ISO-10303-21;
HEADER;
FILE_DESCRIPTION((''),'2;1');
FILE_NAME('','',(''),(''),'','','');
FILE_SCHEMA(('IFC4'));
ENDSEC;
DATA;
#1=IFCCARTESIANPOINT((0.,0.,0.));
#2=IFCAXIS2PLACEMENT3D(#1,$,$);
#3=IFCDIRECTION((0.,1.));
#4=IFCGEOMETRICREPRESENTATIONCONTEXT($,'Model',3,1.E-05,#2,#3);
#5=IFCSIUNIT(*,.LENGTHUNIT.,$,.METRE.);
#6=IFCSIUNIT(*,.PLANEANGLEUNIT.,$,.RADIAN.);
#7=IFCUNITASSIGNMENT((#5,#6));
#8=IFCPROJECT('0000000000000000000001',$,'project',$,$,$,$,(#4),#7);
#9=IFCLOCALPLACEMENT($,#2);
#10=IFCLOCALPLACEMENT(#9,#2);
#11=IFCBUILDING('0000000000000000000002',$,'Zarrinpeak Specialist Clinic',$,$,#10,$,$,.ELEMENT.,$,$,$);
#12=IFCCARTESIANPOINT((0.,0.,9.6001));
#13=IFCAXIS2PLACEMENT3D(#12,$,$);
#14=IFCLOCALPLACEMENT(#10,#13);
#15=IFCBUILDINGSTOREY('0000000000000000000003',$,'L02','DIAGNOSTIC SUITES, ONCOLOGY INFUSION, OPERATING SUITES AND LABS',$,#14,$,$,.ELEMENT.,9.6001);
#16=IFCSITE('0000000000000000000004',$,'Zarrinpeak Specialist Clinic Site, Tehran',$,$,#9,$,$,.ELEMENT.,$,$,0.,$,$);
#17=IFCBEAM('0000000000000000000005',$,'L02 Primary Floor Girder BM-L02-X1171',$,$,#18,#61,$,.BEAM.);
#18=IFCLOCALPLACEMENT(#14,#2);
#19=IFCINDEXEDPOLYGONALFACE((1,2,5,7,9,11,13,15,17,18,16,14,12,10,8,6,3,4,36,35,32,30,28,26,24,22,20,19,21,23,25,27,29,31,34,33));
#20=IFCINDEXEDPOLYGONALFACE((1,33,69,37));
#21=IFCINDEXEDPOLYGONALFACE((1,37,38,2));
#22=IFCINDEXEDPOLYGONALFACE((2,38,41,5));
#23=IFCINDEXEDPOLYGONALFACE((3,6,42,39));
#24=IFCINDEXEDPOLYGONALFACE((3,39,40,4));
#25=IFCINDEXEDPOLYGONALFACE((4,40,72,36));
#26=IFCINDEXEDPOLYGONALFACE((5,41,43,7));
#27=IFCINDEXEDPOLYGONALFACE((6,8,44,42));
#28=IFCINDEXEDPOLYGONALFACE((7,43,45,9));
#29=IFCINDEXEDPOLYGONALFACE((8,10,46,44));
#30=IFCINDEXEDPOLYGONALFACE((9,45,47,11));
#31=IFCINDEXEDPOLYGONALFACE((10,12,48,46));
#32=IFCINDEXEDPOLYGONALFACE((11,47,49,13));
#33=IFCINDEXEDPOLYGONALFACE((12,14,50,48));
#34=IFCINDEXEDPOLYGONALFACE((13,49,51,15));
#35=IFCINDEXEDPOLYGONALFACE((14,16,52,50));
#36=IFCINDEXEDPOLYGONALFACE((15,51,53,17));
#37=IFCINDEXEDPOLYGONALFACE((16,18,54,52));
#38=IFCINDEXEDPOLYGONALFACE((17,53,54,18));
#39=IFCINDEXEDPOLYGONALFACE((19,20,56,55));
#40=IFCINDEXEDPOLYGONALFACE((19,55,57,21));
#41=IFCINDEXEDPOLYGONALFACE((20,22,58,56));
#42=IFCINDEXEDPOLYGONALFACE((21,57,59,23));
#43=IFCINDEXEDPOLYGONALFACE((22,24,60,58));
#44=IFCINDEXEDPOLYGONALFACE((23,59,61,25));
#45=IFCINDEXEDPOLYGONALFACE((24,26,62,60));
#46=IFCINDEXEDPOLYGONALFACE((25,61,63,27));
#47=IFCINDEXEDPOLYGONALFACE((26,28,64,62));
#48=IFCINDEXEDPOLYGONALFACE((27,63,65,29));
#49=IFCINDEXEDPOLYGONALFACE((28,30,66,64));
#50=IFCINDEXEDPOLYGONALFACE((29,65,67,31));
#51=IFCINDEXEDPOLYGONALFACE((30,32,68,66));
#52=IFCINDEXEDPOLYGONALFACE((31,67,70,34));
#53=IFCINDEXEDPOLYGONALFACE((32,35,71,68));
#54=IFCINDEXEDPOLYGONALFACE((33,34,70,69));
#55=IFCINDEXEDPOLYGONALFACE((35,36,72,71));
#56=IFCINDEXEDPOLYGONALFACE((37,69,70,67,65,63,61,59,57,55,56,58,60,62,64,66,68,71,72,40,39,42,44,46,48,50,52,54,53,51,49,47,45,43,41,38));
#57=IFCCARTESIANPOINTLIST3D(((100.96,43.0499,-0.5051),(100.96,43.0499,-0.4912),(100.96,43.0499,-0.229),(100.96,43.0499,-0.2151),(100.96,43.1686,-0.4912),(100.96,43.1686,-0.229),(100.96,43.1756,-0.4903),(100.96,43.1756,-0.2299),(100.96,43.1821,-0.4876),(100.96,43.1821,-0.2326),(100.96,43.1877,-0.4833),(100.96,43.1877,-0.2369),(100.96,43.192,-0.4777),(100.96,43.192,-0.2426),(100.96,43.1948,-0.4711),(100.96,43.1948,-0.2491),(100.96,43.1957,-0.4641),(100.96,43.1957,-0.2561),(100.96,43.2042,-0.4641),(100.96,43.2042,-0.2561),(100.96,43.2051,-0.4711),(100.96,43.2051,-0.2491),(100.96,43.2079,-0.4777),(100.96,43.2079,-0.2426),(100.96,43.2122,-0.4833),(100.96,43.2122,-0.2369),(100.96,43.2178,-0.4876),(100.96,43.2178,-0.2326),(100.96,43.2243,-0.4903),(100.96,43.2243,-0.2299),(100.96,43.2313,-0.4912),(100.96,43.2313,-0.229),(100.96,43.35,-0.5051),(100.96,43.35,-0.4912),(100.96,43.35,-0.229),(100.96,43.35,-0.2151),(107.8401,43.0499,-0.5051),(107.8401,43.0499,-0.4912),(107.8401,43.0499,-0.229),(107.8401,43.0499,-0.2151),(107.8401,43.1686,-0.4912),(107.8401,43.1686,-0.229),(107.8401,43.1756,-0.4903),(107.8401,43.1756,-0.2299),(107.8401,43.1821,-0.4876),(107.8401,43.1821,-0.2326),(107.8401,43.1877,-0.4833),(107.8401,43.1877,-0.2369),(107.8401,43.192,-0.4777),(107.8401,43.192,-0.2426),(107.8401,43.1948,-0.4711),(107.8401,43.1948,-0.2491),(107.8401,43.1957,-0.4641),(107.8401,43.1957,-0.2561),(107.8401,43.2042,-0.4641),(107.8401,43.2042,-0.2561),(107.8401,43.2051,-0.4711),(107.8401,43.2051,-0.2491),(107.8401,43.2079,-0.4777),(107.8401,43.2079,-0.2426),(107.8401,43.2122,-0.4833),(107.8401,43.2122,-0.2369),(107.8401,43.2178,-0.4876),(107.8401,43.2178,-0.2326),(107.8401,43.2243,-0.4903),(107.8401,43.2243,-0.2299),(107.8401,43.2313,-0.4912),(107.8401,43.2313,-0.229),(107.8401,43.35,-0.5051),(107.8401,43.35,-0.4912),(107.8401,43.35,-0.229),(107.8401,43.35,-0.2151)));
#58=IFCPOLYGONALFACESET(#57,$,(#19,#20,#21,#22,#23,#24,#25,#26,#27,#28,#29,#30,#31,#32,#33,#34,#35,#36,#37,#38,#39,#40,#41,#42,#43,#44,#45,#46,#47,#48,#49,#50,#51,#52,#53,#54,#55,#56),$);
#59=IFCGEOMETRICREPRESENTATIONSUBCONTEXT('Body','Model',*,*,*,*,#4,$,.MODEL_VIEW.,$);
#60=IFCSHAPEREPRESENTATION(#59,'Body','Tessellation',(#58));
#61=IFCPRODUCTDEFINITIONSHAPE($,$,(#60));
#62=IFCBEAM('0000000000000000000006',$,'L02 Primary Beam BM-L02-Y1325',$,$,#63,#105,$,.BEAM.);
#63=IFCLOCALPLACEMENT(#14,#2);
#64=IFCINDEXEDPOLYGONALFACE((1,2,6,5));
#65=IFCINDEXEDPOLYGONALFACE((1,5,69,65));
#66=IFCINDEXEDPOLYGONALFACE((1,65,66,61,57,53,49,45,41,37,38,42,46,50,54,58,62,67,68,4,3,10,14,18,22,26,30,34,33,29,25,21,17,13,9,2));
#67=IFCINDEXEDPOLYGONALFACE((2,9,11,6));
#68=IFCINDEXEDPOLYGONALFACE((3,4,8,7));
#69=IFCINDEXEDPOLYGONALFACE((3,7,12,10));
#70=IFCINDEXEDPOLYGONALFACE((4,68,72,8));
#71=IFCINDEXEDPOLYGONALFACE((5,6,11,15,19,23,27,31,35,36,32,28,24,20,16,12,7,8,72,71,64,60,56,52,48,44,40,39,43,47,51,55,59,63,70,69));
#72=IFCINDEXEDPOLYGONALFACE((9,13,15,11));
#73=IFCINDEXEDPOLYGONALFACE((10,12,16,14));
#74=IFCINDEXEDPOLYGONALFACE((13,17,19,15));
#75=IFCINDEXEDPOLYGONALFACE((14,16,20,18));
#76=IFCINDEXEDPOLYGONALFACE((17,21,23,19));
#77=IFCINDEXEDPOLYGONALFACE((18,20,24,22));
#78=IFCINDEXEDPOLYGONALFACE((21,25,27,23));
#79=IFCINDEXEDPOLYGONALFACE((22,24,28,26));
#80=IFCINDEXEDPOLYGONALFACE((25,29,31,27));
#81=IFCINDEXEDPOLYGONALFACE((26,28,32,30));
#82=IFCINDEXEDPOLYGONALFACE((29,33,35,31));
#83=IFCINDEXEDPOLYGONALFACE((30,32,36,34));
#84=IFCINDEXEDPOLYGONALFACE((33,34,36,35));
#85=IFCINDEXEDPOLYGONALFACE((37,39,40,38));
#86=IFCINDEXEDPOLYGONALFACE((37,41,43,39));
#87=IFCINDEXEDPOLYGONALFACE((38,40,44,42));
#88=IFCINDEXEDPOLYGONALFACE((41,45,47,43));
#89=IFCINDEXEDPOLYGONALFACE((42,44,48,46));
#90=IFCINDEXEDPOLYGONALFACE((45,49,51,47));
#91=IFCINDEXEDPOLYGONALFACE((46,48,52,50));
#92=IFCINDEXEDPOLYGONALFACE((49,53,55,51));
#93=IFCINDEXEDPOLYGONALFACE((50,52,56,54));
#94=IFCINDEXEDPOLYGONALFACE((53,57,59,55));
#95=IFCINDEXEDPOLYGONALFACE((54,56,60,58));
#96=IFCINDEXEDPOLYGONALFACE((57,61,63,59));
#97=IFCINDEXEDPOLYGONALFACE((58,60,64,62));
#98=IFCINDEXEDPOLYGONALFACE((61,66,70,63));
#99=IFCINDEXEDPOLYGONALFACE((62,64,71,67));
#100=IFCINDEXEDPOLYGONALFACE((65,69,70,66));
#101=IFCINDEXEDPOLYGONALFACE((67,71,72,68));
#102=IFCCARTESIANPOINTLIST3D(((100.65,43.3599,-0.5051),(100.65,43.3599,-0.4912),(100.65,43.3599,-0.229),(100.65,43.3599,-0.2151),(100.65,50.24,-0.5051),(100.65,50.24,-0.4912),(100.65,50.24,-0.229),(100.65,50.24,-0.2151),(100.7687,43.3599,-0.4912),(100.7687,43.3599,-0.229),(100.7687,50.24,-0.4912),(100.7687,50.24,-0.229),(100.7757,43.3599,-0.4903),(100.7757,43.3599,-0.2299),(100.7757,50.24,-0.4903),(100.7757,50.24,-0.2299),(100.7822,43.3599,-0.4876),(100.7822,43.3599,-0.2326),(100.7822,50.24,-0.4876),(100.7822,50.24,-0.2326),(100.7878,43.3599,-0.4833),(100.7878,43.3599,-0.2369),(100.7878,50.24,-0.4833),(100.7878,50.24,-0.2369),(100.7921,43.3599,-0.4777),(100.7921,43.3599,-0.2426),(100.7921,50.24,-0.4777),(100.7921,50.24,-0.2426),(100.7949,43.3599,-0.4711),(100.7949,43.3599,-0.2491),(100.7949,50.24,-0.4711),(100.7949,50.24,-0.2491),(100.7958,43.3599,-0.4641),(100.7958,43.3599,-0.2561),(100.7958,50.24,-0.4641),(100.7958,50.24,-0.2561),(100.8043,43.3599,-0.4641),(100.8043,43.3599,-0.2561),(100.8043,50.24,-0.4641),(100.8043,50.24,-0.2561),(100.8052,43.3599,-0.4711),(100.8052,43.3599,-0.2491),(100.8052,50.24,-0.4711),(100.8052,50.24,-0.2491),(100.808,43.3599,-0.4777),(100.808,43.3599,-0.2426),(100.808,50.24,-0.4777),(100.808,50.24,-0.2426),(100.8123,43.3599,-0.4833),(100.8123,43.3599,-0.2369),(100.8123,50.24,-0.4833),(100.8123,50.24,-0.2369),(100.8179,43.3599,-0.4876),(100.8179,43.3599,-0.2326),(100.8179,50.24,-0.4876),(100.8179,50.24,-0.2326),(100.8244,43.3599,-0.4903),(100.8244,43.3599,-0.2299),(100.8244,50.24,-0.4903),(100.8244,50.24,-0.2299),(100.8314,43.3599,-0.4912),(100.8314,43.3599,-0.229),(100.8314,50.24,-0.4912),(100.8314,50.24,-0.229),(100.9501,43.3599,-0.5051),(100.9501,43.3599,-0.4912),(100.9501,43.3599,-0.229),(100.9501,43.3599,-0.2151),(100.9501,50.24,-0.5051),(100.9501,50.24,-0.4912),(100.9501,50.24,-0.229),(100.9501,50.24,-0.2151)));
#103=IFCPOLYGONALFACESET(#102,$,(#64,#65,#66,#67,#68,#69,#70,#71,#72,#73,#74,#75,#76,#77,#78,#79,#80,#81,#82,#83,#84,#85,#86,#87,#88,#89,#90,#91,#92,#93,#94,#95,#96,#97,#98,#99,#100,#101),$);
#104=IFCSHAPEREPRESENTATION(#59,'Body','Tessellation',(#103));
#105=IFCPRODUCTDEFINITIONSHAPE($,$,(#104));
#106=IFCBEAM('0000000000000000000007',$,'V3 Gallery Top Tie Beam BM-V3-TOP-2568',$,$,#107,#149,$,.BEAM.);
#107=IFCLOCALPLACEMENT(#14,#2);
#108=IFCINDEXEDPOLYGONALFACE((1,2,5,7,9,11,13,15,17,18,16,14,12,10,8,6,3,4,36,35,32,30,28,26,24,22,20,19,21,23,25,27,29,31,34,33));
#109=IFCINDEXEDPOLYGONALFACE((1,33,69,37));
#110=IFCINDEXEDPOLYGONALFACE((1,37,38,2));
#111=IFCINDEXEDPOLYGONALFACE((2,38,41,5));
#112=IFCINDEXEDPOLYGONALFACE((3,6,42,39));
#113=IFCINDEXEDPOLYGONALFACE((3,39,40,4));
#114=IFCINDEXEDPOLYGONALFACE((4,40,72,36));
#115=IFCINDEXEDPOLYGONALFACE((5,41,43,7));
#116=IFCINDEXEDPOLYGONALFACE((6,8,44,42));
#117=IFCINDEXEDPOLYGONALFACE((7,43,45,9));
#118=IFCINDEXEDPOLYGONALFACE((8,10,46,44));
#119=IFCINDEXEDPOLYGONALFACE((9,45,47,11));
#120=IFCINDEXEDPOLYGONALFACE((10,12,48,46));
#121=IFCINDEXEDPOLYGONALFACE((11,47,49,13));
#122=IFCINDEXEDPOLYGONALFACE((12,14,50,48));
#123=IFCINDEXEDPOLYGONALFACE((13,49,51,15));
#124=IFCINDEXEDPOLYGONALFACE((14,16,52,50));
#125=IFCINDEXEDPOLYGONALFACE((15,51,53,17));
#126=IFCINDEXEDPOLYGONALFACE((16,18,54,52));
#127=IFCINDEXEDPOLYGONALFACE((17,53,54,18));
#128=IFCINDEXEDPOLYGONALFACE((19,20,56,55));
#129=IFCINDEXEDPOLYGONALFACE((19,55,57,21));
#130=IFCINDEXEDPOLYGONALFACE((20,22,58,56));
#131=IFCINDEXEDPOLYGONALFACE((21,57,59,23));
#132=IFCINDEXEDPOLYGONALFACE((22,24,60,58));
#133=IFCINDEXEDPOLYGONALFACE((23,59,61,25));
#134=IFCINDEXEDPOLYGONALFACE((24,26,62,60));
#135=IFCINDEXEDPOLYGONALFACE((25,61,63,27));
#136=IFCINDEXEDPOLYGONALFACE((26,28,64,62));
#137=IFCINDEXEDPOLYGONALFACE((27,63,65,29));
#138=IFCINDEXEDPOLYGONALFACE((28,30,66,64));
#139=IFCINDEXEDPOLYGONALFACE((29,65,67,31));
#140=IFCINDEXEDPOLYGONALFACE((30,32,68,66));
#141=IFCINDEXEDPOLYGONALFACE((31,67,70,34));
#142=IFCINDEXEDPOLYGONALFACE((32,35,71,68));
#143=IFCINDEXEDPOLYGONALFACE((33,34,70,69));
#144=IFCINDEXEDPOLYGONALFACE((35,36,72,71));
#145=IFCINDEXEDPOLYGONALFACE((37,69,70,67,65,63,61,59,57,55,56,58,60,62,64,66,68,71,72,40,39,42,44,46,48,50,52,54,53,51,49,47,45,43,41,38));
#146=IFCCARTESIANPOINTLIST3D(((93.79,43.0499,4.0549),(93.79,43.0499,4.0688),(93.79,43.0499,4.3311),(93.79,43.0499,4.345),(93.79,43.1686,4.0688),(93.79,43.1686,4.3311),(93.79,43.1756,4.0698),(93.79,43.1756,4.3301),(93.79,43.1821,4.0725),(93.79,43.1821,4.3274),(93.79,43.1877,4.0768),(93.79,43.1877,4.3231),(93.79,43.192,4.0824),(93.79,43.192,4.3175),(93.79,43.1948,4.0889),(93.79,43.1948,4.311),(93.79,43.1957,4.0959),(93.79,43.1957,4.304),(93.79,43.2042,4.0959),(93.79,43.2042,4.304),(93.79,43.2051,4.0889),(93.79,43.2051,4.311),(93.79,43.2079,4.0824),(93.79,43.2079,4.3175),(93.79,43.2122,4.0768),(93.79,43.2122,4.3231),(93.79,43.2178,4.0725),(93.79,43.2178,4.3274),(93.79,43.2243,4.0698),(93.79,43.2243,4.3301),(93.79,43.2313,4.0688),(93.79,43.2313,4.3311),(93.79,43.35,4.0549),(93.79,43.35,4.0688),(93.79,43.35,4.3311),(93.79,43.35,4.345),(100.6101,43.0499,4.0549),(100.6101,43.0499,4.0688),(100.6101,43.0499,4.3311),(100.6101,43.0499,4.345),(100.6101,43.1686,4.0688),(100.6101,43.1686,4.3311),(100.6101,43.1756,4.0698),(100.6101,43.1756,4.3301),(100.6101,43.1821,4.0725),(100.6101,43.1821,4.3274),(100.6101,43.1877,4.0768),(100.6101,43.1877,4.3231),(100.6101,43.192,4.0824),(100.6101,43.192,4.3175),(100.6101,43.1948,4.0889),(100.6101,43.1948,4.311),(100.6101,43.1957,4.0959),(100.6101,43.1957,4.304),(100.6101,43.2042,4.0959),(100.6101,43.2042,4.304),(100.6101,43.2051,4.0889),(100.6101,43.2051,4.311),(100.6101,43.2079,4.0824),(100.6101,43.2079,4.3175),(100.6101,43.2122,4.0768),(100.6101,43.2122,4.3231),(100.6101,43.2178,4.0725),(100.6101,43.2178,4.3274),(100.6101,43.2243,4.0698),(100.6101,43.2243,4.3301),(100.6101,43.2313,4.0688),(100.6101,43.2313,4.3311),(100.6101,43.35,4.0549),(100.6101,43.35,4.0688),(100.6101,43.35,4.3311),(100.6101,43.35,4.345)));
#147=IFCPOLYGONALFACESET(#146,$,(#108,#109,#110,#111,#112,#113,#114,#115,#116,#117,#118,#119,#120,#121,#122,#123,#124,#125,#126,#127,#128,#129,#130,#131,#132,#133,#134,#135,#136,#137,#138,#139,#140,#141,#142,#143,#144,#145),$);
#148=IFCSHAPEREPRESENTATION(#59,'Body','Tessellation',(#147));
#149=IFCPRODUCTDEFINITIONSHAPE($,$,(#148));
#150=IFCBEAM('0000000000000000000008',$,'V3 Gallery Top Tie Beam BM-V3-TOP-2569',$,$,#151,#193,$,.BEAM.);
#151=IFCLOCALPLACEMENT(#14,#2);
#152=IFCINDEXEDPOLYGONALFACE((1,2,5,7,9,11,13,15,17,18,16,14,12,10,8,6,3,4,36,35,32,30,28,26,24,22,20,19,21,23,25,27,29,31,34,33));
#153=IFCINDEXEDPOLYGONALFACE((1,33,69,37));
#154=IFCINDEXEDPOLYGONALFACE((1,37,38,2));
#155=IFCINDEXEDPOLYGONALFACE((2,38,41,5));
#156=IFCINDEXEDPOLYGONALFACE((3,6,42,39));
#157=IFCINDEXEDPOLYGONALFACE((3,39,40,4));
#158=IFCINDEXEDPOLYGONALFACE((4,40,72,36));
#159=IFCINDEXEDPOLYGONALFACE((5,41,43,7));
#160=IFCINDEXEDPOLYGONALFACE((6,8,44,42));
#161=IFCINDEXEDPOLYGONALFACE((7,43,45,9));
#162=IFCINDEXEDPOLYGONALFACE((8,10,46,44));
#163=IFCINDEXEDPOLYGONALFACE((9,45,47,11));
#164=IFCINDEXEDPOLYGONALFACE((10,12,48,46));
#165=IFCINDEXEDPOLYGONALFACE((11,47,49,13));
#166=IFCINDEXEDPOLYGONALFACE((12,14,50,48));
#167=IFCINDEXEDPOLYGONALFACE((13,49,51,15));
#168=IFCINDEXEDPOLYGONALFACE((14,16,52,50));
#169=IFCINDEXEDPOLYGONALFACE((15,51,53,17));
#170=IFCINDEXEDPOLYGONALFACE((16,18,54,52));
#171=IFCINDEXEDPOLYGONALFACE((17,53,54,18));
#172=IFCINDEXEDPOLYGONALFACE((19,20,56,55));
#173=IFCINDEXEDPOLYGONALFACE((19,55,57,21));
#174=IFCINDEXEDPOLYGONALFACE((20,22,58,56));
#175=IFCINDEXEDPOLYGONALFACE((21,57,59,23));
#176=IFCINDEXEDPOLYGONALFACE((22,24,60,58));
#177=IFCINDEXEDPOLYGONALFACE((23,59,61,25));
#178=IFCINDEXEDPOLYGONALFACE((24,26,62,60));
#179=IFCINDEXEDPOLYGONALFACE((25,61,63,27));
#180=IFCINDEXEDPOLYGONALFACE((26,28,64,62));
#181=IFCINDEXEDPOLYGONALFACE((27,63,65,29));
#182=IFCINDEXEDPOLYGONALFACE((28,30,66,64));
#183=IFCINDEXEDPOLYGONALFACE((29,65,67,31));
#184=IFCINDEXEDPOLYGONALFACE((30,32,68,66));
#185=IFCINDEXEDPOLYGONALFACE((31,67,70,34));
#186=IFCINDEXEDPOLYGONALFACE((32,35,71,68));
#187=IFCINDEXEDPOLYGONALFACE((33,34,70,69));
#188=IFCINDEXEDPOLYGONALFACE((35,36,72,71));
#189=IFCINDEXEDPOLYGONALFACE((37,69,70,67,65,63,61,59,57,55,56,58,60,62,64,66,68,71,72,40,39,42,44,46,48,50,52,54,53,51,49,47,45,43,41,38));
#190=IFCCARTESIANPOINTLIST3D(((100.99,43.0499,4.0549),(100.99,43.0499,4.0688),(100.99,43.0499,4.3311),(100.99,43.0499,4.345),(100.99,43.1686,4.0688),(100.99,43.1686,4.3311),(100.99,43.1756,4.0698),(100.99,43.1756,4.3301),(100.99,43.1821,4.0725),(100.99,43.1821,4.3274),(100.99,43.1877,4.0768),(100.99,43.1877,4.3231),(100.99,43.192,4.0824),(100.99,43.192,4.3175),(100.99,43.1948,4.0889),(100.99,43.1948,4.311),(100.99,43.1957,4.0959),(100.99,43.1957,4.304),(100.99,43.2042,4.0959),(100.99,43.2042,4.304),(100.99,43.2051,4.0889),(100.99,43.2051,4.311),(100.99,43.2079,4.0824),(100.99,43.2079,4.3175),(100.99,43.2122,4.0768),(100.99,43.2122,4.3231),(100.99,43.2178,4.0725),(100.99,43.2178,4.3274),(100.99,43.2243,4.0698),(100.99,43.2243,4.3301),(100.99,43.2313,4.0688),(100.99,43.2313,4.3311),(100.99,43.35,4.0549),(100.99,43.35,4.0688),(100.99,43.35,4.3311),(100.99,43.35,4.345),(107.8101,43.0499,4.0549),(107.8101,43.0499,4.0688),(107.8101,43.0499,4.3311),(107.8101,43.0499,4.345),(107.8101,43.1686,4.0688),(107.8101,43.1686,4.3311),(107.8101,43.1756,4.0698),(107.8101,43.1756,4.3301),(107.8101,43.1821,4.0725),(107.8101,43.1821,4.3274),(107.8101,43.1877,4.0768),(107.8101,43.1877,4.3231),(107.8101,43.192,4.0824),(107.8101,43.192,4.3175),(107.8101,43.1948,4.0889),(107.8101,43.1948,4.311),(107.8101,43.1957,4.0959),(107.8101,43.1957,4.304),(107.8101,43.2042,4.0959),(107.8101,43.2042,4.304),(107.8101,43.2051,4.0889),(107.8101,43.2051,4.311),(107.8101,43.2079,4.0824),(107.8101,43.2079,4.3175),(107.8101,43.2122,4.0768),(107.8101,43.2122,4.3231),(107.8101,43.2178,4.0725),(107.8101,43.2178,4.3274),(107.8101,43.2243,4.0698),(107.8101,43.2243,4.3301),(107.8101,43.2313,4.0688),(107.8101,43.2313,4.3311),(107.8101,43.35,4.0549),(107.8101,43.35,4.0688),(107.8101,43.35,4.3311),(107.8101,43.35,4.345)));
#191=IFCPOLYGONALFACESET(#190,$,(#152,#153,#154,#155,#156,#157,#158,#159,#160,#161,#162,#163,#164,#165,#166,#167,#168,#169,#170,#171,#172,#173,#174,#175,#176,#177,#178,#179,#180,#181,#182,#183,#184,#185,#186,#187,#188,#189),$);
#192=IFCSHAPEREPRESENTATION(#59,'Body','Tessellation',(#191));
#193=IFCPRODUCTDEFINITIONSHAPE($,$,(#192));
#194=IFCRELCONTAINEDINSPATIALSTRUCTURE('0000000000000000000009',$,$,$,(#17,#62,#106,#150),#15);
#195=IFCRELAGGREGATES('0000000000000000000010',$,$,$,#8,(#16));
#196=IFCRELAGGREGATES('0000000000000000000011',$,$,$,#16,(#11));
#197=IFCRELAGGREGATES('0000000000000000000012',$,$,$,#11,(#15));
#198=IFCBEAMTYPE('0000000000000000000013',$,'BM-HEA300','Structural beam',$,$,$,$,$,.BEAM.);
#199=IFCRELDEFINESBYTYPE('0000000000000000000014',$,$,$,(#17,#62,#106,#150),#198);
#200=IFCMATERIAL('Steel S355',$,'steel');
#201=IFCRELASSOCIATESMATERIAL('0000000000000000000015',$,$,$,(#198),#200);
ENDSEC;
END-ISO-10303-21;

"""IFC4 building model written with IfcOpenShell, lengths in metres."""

from ifc_helpers import new_model, si_unit, direction, frame, origin, origin_2d, place, context, subcontext, project, spatial, i_section, extrude, material, material_profile, profile_set, type_object, element, save


model = new_model("IFC4")

# Units and contexts
model_context = context("Model", 3, precision=1e-05, world=origin(), true_north=direction((0.0, 1.0)))
body_context = subcontext(model_context, "Body", "Model", "MODEL_VIEW")
ifc_project = project(units=[si_unit("LENGTHUNIT", "METRE"), si_unit("PLANEANGLEUNIT", "RADIAN")], contexts=[model_context])

# Site, building, storey
site_placement = place(None, origin())
site = spatial("IfcSite", under=ifc_project, at=site_placement, Name="Zarrinpeak Specialist Clinic Site, Tehran", CompositionType="ELEMENT", RefElevation=0.0)
building_placement = place(site_placement, origin())
building = spatial("IfcBuilding", under=site, at=building_placement, Name="Zarrinpeak Specialist Clinic", CompositionType="ELEMENT")
storey_placement = place(building_placement, frame((0.0, 0.0, 9.6001)))
storey = spatial("IfcBuildingStorey", under=building, at=storey_placement, Name="L02", Description="DIAGNOSTIC SUITES, ONCOLOGY INFUSION, OPERATING SUITES AND LABS", CompositionType="ELEMENT", Elevation=9.6001)

# Shared definitions
ifc_material_1 = material(Name="Steel S355", Category="steel")

# Beams
ifc_material_profile_1 = material_profile(ifc_material_1, i_section(OverallWidth=0.3, OverallDepth=0.29, WebThickness=0.0085, FlangeThickness=0.0139, FilletRadius=0.0271, at=origin_2d()), Name="HEA 300")
ifc_profile_set_1 = profile_set([ifc_material_profile_1], Name="Steel S355")
beam_type_1 = type_object("IfcBeamType", Name="BM-HEA300", Description="Structural beam", PredefinedType="BEAM", material=ifc_profile_set_1)
for number, where, z_axis, x_axis, name in (
    (1, (100.96, 43.2, -0.3601), (1.0, 0.0, 0.0), (0.0, 1.0, 0.0), "L02 Primary Floor Girder BM-L02-X1171"),
    (2, (100.8, 43.3599, -0.3601), (0.0, 1.0, 0.0), (-1.0, 0.0, 0.0), "L02 Primary Beam BM-L02-Y1325"),
):
    element("IfcBeam", number, at=place(storey_placement, frame(where, z_axis=z_axis, x_axis=x_axis)), inside=storey, type_object=beam_type_1, Name=name, PredefinedType="BEAM", context=body_context, shape_type="SweptSolid", body=[
        extrude(i_section(OverallWidth=0.3, OverallDepth=0.29, WebThickness=0.0085, FlangeThickness=0.0139, FilletRadius=0.0271, at=origin_2d()), origin(), (0.0, 0.0, 1.0), 6.8801),
    ])
for number, where, z_axis, x_axis, name in (
    (3, (93.79, 43.2, 4.2), (1.0, 0.0, 0.0), (0.0, 1.0, 0.0), "V3 Gallery Top Tie Beam BM-V3-TOP-2568"),
    (4, (100.99, 43.2, 4.2), (1.0, 0.0, 0.0), (0.0, 1.0, 0.0), "V3 Gallery Top Tie Beam BM-V3-TOP-2569"),
):
    element("IfcBeam", number, at=place(storey_placement, frame(where, z_axis=z_axis, x_axis=x_axis)), inside=storey, type_object=beam_type_1, Name=name, PredefinedType="BEAM", context=body_context, shape_type="SweptSolid", body=[
        extrude(i_section(OverallWidth=0.3, OverallDepth=0.29, WebThickness=0.0085, FlangeThickness=0.0139, FilletRadius=0.0271, at=origin_2d()), origin(), (0.0, 0.0, 1.0), 6.8201),
    ])

save(model, "model.ifc")
